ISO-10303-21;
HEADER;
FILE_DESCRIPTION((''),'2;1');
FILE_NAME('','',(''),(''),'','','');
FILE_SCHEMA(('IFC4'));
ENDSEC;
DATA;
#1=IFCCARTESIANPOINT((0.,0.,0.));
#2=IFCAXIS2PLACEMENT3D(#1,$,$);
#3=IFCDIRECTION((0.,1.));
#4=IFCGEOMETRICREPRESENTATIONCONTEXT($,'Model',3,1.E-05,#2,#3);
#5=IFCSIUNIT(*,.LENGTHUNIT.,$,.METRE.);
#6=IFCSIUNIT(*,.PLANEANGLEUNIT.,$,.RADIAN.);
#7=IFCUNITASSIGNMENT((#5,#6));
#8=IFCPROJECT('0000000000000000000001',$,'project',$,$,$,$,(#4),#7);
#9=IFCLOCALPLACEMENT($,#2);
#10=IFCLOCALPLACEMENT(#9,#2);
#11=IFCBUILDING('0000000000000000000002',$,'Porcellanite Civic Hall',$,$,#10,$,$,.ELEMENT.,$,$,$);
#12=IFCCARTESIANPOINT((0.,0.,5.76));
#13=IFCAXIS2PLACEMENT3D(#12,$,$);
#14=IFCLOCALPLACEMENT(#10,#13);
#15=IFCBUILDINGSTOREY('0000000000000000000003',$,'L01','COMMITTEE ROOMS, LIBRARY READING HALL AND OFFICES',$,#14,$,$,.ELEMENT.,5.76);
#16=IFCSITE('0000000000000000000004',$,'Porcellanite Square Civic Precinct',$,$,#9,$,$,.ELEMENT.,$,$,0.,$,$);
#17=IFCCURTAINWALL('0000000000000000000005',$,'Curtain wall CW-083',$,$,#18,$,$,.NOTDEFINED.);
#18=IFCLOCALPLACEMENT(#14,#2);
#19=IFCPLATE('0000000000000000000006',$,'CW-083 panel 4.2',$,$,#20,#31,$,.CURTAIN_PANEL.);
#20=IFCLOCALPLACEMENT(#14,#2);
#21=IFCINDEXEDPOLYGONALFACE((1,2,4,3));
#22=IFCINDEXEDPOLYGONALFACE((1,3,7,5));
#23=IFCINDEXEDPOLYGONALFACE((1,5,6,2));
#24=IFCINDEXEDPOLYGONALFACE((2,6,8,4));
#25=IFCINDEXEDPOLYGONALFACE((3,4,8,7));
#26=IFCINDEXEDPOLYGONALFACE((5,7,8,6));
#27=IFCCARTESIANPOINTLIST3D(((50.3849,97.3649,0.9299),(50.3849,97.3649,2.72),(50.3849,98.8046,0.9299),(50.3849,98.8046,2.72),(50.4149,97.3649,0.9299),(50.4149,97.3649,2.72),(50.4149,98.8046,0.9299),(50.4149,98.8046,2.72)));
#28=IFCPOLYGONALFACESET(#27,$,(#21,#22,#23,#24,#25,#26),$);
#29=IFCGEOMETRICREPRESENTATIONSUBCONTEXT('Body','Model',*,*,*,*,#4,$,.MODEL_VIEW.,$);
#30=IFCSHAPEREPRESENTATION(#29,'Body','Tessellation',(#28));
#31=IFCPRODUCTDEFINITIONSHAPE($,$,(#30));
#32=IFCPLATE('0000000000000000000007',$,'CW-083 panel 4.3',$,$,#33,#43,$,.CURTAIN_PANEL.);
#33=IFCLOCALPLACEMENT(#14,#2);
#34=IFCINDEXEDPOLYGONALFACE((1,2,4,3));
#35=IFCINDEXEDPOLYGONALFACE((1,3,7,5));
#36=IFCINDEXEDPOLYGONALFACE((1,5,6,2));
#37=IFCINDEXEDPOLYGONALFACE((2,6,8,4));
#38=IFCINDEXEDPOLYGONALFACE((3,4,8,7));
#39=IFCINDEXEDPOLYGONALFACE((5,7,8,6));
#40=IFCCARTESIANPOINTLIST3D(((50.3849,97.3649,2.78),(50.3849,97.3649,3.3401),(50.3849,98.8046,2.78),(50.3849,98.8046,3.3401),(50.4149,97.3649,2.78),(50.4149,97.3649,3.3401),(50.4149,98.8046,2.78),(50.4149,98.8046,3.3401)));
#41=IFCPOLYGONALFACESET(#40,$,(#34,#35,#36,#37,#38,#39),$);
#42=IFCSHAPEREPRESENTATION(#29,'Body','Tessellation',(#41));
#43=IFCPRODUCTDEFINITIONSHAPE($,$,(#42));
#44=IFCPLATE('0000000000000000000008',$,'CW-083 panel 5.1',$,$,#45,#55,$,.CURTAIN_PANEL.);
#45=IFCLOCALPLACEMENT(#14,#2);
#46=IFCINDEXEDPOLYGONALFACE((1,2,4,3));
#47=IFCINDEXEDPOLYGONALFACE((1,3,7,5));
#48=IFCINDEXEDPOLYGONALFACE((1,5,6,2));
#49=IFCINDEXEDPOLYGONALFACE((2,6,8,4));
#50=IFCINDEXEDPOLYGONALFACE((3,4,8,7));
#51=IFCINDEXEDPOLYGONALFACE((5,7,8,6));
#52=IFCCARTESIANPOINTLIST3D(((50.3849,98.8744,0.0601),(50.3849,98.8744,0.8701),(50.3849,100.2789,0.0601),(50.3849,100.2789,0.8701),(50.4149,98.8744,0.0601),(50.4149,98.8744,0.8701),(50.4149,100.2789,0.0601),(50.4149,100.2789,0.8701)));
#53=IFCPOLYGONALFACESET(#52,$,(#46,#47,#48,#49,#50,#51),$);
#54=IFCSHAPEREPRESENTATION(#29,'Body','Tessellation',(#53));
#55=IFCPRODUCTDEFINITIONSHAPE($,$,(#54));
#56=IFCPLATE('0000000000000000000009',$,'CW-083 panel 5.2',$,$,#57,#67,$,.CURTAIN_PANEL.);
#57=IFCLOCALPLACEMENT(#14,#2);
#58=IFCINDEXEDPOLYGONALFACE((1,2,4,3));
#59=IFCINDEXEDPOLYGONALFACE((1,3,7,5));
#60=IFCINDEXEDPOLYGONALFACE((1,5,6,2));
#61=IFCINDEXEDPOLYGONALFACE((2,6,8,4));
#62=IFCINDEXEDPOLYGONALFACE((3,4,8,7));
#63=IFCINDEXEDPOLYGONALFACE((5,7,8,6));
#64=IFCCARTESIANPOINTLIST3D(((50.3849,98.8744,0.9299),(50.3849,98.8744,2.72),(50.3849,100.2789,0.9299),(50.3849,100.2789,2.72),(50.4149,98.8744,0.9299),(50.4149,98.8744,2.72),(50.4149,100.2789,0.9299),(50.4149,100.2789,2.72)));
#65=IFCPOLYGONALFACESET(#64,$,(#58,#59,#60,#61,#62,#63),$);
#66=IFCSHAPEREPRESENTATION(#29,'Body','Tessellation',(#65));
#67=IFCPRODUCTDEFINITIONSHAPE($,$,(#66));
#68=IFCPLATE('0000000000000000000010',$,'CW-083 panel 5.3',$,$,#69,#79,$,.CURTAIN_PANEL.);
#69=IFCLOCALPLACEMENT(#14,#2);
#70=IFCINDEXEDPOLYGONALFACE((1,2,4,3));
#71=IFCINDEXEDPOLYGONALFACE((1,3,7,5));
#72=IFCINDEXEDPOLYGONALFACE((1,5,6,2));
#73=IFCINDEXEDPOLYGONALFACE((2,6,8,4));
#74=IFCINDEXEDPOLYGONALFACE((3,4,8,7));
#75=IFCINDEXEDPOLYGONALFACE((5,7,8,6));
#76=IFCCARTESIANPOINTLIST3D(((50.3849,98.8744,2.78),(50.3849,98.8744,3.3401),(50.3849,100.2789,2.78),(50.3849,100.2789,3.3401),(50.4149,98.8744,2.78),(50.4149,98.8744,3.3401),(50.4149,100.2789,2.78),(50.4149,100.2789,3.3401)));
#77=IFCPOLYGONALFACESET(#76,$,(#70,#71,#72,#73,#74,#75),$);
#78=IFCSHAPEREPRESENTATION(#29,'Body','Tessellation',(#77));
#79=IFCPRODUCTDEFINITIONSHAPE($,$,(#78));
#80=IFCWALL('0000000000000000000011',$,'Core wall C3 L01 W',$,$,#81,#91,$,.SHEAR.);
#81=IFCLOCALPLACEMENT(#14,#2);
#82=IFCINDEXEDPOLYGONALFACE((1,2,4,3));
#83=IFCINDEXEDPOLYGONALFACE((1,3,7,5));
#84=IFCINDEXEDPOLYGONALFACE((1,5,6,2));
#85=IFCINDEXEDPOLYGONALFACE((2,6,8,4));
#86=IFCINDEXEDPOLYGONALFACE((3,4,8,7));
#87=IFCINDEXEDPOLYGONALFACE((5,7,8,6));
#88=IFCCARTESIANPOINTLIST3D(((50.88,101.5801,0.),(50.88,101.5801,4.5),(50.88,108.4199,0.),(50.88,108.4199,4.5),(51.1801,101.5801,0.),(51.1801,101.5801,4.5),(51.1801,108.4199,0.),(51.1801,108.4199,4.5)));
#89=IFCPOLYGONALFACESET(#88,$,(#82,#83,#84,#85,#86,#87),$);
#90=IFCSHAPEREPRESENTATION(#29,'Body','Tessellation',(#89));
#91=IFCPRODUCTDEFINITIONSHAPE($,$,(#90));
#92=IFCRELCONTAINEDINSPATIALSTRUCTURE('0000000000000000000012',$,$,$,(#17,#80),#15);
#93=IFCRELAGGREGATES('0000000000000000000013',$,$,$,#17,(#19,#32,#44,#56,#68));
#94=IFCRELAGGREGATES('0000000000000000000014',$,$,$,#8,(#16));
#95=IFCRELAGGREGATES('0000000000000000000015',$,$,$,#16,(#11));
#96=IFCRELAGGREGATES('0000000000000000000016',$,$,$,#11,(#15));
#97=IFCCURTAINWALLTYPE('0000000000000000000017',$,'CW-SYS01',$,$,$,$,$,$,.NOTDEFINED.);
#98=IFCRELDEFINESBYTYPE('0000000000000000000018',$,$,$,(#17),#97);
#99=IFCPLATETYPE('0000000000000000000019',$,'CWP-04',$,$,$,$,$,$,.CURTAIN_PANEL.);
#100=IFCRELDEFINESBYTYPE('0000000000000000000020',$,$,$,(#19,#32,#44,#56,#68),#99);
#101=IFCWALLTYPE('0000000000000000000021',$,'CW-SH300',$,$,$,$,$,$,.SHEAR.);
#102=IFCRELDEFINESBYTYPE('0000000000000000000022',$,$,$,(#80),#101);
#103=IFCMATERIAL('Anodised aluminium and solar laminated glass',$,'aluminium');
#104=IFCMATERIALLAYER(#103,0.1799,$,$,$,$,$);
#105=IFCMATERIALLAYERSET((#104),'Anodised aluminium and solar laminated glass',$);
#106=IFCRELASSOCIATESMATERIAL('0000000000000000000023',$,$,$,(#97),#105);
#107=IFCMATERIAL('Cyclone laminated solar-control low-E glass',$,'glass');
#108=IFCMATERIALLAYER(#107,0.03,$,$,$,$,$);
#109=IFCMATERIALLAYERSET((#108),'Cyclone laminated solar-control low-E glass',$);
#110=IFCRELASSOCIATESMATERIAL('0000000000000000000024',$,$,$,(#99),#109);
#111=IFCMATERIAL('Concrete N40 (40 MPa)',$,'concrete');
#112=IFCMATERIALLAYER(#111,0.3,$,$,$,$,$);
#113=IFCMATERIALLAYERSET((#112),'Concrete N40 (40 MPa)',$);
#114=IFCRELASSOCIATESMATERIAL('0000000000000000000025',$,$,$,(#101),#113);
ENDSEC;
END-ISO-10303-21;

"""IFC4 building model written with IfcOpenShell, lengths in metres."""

from ifc_helpers import new_model, si_unit, direction, frame, frame_2d, origin, origin_2d, place, context, subcontext, project, spatial, rectangle, extrude, material, layer, layer_set, type_object, element, aggregate, save


model = new_model("IFC4")

# Units and contexts
model_context = context("Model", 3, precision=1e-05, world=origin(), true_north=direction((0.0, 1.0)))
body_context = subcontext(model_context, "Body", "Model", "MODEL_VIEW")
ifc_project = project(units=[si_unit("LENGTHUNIT", "METRE"), si_unit("PLANEANGLEUNIT", "RADIAN")], contexts=[model_context])

# Site, building, storey
site_placement = place(None, origin())
site = spatial("IfcSite", under=ifc_project, at=site_placement, Name="Porcellanite Square Civic Precinct", CompositionType="ELEMENT", RefElevation=0.0)
building_placement = place(site_placement, origin())
building = spatial("IfcBuilding", under=site, at=building_placement, Name="Porcellanite Civic Hall", CompositionType="ELEMENT")
storey_placement = place(building_placement, frame((0.0, 0.0, 5.76)))
storey = spatial("IfcBuildingStorey", under=building, at=storey_placement, Name="L01", Description="COMMITTEE ROOMS, LIBRARY READING HALL AND OFFICES", CompositionType="ELEMENT", Elevation=5.76)

# Curtain wall
ifc_material_1 = material(Name="Anodised aluminium and solar laminated glass", Category="aluminium")
ifc_layer_1 = layer(ifc_material_1, 0.1799)
ifc_layer_set_1 = layer_set([ifc_layer_1], Name="Anodised aluminium and solar laminated glass")
curtain_wall_type = type_object("IfcCurtainWallType", Name="CW-SYS01", PredefinedType="NOTDEFINED", material=ifc_layer_set_1)
curtain_wall_placement = place(storey_placement, origin())
curtain_wall = element("IfcCurtainWall", 1, at=curtain_wall_placement, inside=storey, type_object=curtain_wall_type, Name="Curtain wall CW-083", PredefinedType="NOTDEFINED")

# Plates
ifc_material_2 = material(Name="Cyclone laminated solar-control low-E glass", Category="glass")
ifc_layer_2 = layer(ifc_material_2, 0.03)
ifc_layer_set_2 = layer_set([ifc_layer_2], Name="Cyclone laminated solar-control low-E glass")
plate_type = type_object("IfcPlateType", Name="CWP-04", PredefinedType="CURTAIN_PANEL", material=ifc_layer_set_2)
plate_1_placement = place(storey_placement, frame((50.3999, 98.0847, 0.9299), z_axis=(0.0, 0.0, 1.0), x_axis=(0.0, 1.0, 0.0)))
plate_1 = element("IfcPlate", 2, at=plate_1_placement, type_object=plate_type, Name="CW-083 panel 4.2", PredefinedType="CURTAIN_PANEL", context=body_context, shape_type="SweptSolid", body=[
    extrude(rectangle(XDim=1.4397, YDim=0.03, at=origin_2d()), origin(), (0.0, 0.0, 1.0), 1.79),
])
plate_2_placement = place(storey_placement, frame((50.3999, 98.0847, 2.78), z_axis=(0.0, 0.0, 1.0), x_axis=(0.0, 1.0, 0.0)))
plate_2 = element("IfcPlate", 3, at=plate_2_placement, type_object=plate_type, Name="CW-083 panel 4.3", PredefinedType="CURTAIN_PANEL", context=body_context, shape_type="SweptSolid", body=[
    extrude(rectangle(XDim=1.4397, YDim=0.03, at=origin_2d()), origin(), (0.0, 0.0, 1.0), 0.5601),
])
plate_3_placement = place(storey_placement, frame((50.3999, 99.5767, 0.0601), z_axis=(0.0, 0.0, 1.0), x_axis=(0.0, 1.0, 0.0)))
plate_3 = element("IfcPlate", 4, at=plate_3_placement, type_object=plate_type, Name="CW-083 panel 5.1", PredefinedType="CURTAIN_PANEL", context=body_context, shape_type="SweptSolid", body=[
    extrude(rectangle(XDim=1.4045, YDim=0.03, at=origin_2d()), origin(), (0.0, 0.0, 1.0), 0.8101),
])
plate_4_placement = place(storey_placement, frame((50.3999, 99.5767, 0.9299), z_axis=(0.0, 0.0, 1.0), x_axis=(0.0, 1.0, 0.0)))
plate_4 = element("IfcPlate", 5, at=plate_4_placement, type_object=plate_type, Name="CW-083 panel 5.2", PredefinedType="CURTAIN_PANEL", context=body_context, shape_type="SweptSolid", body=[
    extrude(rectangle(XDim=1.4045, YDim=0.03, at=origin_2d()), origin(), (0.0, 0.0, 1.0), 1.79),
])
plate_5_placement = place(storey_placement, frame((50.3999, 99.5767, 2.78), z_axis=(0.0, 0.0, 1.0), x_axis=(0.0, 1.0, 0.0)))
plate_5 = element("IfcPlate", 6, at=plate_5_placement, type_object=plate_type, Name="CW-083 panel 5.3", PredefinedType="CURTAIN_PANEL", context=body_context, shape_type="SweptSolid", body=[
    extrude(rectangle(XDim=1.4045, YDim=0.03, at=origin_2d()), origin(), (0.0, 0.0, 1.0), 0.5601),
])
aggregate(curtain_wall, [plate_1, plate_2, plate_3, plate_4, plate_5])

# Shared definitions
ifc_material_3 = material(Name="Concrete N40 (40 MPa)", Category="concrete")
ifc_layer_3 = layer(ifc_material_3, 0.3)
ifc_layer_set_3 = layer_set([ifc_layer_3], Name="Concrete N40 (40 MPa)")
wall_type_1 = type_object("IfcWallType", Name="CW-SH300", PredefinedType="SHEAR", material=ifc_layer_set_3)

# Wall
wall_1_placement = place(storey_placement, frame((51.03, 101.5801, 0.0), z_axis=(0.0, 0.0, 1.0), x_axis=(0.0, 1.0, 0.0)))
element("IfcWall", 7, at=wall_1_placement, inside=storey, type_object=wall_type_1, Name="Core wall C3 L01 W", PredefinedType="SHEAR", context=body_context, shape_type="SweptSolid", body=[
    extrude(rectangle(XDim=6.8398, YDim=0.3, at=frame_2d((3.4199, 0.0))), origin(), (0.0, 0.0, 1.0), 4.5),
])

save(model, "model.ifc")
